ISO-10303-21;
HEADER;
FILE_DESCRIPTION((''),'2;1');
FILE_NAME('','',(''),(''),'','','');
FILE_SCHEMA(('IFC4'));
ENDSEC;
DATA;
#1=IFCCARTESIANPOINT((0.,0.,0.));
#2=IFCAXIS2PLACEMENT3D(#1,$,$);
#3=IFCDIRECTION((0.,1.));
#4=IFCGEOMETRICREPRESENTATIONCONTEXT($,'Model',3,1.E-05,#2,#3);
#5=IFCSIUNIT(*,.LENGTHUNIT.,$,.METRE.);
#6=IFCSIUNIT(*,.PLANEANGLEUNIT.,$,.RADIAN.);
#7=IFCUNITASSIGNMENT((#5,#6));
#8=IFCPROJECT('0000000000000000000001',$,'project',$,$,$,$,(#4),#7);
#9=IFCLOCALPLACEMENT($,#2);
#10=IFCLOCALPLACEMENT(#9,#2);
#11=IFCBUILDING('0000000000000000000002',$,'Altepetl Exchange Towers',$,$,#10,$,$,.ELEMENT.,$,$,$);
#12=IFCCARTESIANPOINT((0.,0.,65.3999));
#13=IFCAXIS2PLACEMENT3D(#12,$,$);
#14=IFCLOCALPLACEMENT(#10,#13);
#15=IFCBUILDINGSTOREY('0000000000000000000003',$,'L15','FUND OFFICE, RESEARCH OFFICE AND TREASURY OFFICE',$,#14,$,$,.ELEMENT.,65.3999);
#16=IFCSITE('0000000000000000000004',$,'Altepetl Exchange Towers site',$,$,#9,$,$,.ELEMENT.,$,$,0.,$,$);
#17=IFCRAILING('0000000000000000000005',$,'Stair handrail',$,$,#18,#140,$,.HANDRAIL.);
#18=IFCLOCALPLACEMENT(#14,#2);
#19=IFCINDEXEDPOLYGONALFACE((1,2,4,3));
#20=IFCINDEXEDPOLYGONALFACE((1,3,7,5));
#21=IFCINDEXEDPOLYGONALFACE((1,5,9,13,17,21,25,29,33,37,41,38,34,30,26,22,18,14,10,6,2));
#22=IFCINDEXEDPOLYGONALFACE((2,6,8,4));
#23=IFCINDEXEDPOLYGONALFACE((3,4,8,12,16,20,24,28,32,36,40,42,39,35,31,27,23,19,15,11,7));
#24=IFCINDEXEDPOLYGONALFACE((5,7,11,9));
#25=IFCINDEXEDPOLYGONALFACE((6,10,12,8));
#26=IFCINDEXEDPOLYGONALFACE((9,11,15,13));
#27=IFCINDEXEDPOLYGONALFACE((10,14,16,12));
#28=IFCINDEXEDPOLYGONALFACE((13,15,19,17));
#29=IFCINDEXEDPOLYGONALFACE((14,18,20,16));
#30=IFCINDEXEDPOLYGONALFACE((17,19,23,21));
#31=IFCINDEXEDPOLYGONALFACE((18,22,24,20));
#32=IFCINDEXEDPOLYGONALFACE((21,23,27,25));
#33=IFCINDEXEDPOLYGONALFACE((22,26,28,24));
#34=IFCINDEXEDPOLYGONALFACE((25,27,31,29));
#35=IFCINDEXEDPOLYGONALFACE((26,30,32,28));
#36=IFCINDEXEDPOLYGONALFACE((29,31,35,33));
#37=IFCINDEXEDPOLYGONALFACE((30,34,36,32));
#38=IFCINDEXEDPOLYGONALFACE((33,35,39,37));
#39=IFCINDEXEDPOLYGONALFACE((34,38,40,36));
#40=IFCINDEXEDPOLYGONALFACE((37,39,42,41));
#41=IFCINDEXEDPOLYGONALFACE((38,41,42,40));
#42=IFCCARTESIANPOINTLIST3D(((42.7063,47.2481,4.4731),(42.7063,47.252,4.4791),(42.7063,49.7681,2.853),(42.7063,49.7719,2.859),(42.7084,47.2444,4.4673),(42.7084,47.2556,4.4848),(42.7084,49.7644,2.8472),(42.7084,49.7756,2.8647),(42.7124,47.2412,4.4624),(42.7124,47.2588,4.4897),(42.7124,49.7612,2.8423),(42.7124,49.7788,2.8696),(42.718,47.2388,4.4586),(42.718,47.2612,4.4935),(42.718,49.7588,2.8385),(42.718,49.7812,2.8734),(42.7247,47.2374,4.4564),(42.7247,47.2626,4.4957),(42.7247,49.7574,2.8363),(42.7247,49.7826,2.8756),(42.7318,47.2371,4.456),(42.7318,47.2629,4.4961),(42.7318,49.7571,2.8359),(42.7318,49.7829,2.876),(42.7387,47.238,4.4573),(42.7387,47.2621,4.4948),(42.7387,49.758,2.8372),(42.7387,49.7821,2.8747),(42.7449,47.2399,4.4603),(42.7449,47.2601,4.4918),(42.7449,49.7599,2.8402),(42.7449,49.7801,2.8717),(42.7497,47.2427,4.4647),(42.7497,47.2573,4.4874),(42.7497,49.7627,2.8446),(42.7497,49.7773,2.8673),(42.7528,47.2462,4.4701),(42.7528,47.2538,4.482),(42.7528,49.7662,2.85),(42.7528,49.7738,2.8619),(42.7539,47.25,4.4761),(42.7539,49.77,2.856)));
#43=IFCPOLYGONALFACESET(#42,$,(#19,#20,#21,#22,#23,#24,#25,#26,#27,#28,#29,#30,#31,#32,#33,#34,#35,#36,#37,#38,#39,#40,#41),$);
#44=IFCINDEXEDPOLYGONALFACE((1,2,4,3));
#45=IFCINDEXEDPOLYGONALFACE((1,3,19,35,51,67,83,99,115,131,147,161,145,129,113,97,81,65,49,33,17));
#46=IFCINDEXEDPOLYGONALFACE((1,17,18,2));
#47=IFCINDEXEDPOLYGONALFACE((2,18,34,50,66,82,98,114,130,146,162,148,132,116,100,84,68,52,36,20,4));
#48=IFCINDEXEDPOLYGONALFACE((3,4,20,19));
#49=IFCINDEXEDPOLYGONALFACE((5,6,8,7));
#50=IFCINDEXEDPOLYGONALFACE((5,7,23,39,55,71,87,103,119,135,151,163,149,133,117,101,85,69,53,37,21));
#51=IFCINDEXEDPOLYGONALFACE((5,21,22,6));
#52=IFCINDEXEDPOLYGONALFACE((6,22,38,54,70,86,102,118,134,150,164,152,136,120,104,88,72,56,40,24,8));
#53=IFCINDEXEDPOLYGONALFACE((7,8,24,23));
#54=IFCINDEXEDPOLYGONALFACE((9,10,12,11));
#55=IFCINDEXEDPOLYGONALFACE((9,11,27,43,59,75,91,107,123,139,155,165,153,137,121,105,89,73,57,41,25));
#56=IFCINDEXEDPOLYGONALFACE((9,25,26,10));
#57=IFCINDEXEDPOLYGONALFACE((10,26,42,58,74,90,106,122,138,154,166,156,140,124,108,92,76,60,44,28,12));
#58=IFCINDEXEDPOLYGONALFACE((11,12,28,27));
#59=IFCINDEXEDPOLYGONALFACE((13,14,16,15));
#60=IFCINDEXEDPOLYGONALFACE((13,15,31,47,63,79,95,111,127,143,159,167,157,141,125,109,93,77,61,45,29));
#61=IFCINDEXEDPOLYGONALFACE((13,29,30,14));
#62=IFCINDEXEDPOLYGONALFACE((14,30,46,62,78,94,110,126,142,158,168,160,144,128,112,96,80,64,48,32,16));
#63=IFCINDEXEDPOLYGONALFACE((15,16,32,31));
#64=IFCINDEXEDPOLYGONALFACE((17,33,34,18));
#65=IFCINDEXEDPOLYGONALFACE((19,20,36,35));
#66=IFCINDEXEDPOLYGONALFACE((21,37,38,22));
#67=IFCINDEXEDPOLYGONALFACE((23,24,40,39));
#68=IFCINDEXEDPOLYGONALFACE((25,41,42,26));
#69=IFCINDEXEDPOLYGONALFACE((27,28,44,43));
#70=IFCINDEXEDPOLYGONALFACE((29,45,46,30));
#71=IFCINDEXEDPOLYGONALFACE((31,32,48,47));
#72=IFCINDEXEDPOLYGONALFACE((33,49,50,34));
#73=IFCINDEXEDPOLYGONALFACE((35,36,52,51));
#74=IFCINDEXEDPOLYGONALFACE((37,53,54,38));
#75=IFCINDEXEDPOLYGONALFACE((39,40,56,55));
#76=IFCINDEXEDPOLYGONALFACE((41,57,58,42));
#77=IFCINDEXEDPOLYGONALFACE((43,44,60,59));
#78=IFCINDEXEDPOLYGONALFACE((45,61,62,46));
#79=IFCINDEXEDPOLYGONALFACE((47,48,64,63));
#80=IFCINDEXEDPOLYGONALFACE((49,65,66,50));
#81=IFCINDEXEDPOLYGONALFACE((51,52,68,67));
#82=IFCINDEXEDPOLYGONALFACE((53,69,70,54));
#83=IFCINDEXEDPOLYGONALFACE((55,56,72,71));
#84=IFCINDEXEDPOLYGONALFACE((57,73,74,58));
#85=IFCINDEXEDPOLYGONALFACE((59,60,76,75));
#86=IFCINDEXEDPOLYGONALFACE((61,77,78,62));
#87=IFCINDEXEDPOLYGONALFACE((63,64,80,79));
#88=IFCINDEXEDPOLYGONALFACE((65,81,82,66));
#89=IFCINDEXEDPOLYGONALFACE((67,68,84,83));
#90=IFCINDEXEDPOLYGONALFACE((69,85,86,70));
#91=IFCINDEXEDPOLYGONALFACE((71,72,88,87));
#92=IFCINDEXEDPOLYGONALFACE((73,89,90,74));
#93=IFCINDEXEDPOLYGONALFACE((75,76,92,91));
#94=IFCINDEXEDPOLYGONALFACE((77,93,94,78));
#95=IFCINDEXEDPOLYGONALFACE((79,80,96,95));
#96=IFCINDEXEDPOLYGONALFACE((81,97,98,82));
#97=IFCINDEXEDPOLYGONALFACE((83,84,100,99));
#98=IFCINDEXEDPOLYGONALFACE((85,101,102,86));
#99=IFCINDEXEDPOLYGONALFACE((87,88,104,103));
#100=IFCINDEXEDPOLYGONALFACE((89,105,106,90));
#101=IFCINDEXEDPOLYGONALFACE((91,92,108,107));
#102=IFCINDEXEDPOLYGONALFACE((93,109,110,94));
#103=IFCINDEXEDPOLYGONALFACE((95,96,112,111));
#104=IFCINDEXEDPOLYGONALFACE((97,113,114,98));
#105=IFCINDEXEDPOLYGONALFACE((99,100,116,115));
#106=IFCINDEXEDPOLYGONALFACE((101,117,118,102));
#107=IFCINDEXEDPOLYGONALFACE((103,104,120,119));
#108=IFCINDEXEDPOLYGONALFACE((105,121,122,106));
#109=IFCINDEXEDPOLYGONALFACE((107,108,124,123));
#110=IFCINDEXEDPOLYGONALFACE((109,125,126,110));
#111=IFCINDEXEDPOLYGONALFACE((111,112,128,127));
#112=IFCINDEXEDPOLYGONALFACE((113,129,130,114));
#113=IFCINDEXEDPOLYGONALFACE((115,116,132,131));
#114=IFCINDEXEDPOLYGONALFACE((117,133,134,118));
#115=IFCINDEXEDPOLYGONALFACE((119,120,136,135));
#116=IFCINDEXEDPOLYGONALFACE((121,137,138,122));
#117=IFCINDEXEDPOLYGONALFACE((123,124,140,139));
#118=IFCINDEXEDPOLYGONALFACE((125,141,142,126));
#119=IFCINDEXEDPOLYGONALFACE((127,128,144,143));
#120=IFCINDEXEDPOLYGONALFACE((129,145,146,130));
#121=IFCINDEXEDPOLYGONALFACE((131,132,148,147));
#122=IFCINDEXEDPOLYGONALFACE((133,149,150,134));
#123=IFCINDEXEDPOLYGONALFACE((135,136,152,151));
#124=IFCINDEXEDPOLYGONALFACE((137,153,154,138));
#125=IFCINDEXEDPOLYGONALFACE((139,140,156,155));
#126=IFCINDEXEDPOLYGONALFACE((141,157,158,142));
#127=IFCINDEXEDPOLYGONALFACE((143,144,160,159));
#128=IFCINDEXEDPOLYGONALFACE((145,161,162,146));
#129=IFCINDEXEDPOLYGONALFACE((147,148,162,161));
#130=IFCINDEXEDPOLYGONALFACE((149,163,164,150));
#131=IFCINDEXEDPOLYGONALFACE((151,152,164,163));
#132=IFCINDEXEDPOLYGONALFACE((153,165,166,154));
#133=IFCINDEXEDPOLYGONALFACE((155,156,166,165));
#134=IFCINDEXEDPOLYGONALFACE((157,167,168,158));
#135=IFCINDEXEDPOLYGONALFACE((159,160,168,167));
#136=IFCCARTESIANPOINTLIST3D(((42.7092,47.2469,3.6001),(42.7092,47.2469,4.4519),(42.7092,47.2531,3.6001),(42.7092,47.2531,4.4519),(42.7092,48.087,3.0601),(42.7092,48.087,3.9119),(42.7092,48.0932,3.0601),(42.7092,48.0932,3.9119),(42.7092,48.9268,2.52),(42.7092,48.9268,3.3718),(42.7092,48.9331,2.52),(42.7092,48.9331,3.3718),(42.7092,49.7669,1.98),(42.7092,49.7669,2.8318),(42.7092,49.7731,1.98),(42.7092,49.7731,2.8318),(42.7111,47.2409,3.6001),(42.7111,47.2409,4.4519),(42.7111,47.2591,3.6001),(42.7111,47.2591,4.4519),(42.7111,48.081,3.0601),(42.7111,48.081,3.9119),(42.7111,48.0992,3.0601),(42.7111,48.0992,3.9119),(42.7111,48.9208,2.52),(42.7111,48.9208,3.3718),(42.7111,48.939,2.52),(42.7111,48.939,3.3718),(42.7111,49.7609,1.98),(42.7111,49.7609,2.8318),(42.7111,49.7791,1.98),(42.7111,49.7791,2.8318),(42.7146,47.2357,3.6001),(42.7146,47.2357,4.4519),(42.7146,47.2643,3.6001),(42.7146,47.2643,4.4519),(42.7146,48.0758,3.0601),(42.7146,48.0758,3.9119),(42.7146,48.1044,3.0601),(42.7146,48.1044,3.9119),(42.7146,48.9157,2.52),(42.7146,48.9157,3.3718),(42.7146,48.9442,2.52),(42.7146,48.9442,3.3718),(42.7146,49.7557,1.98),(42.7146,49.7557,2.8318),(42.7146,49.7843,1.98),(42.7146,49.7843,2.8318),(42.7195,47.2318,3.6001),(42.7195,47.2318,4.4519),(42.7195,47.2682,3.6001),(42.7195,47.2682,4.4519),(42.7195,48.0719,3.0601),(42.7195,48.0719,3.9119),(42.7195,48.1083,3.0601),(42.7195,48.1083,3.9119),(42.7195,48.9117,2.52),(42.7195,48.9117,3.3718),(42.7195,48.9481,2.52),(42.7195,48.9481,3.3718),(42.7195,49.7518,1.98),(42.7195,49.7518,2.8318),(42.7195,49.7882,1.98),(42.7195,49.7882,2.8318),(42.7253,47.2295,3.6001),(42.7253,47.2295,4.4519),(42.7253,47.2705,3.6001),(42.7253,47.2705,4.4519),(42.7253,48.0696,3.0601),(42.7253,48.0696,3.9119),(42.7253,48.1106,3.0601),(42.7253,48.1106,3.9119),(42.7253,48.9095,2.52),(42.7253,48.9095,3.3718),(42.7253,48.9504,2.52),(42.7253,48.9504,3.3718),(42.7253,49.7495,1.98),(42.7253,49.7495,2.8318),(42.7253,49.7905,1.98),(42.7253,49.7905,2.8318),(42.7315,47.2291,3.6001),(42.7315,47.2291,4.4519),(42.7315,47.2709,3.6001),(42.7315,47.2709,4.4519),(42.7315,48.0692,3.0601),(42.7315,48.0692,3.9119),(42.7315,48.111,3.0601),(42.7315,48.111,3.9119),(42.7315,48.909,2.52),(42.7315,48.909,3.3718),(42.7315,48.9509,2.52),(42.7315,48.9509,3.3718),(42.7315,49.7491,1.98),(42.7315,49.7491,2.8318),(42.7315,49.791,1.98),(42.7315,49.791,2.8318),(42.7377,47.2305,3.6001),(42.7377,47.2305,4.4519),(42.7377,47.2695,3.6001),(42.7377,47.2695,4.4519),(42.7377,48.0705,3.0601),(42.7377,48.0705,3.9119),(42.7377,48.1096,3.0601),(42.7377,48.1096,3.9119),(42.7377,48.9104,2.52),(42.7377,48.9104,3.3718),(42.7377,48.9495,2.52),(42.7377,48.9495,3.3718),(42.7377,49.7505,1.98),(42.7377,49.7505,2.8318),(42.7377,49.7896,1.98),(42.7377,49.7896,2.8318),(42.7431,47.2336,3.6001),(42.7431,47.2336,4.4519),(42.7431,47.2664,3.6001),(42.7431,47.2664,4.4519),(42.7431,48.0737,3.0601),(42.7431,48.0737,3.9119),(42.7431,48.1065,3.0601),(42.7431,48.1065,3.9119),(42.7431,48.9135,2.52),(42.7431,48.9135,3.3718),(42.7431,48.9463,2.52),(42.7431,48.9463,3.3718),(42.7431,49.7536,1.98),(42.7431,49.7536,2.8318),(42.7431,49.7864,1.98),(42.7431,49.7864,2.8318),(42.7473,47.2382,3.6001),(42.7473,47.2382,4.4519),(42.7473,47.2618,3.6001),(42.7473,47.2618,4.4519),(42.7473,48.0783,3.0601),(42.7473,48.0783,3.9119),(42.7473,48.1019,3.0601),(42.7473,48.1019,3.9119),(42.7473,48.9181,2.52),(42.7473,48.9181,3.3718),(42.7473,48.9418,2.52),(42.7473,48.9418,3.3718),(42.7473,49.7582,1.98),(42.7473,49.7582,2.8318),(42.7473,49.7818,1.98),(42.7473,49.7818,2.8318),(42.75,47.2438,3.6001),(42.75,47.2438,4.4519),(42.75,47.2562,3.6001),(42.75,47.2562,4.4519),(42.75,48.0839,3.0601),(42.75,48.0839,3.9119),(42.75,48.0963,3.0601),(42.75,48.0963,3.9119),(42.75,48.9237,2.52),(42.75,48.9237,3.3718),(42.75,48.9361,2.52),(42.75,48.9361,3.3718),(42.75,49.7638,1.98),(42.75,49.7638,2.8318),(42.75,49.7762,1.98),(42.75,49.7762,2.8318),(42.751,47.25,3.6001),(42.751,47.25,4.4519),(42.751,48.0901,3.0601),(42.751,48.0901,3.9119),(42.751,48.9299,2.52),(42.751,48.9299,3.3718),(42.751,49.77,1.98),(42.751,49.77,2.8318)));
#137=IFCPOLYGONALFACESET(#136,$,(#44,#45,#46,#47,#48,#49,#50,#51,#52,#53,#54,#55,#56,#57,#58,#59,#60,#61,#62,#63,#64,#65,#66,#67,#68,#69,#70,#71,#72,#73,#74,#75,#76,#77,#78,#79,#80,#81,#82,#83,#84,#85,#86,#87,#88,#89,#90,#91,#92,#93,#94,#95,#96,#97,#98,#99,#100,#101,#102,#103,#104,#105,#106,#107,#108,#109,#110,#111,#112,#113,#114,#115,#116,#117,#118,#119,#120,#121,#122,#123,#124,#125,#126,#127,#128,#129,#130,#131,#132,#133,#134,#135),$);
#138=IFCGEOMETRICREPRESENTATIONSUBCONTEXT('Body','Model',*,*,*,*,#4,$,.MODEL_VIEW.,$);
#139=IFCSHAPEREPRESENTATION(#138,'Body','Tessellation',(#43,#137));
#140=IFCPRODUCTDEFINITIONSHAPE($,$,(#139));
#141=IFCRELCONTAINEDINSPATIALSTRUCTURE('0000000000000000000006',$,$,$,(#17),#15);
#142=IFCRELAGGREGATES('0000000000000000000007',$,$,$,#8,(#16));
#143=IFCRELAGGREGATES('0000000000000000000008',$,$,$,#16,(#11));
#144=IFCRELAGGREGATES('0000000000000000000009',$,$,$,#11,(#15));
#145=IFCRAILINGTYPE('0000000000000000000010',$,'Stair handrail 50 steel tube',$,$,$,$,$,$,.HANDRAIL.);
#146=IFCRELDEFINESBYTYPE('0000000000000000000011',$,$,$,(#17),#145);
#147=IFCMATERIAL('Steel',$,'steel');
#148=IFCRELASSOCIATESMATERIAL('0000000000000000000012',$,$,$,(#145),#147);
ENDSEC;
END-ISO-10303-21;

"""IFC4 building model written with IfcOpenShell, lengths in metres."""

from ifc_helpers import new_model, si_unit, direction, frame, origin, origin_2d, place, context, subcontext, project, spatial, circle, extrude, source, transform, mapped, material, type_object, element, save


model = new_model("IFC4")

# Units and contexts
model_context = context("Model", 3, precision=1e-05, world=origin(), true_north=direction((0.0, 1.0)))
body_context = subcontext(model_context, "Body", "Model", "MODEL_VIEW")
ifc_project = project(units=[si_unit("LENGTHUNIT", "METRE"), si_unit("PLANEANGLEUNIT", "RADIAN")], contexts=[model_context])

# Site, building, storey
site_placement = place(None, origin())
site = spatial("IfcSite", under=ifc_project, at=site_placement, Name="Altepetl Exchange Towers site", CompositionType="ELEMENT", RefElevation=0.0)
building_placement = place(site_placement, origin())
building = spatial("IfcBuilding", under=site, at=building_placement, Name="Altepetl Exchange Towers", CompositionType="ELEMENT")
storey_placement = place(building_placement, frame((0.0, 0.0, 65.3999)))
storey = spatial("IfcBuildingStorey", under=building, at=storey_placement, Name="L15", Description="FUND OFFICE, RESEARCH OFFICE AND TREASURY OFFICE", CompositionType="ELEMENT", Elevation=65.3999)

# Railing
ifc_material_1 = material(Name="Steel", Category="steel")
railing_type = type_object("IfcRailingType", Name="Stair handrail 50 steel tube", PredefinedType="HANDRAIL", material=ifc_material_1)
shared_shape = source(origin(), body_context, "Body", "SweptSolid", [
    extrude(circle(Radius=0.021, at=origin_2d()), origin(), (0.0, 0.0, 1.0), 0.8518),
])
railing_placement = place(storey_placement, frame((42.73, 49.77, 1.98)))
element("IfcRailing", 1, at=railing_placement, inside=storey, type_object=railing_type, Name="Stair handrail", PredefinedType="HANDRAIL", context=body_context, shape_type="SweptSolid", body=[
    extrude(circle(Radius=0.0239, at=origin_2d()), frame((0.0, 0.0, 0.876), z_axis=(0.0, -0.841163, 0.540782), x_axis=(1.0, 0.0, 0.0)), (0.0, 0.0, 1.0), 2.9958),
    mapped(shared_shape, transform((0.0, 0.0, 0.0))),
    mapped(shared_shape, transform((0.0, -0.8401, 0.54))),
    mapped(shared_shape, transform((0.0, -1.6799, 1.0801))),
    mapped(shared_shape, transform((0.0, -2.52, 1.6201))),
])

save(model, "model.ifc")
